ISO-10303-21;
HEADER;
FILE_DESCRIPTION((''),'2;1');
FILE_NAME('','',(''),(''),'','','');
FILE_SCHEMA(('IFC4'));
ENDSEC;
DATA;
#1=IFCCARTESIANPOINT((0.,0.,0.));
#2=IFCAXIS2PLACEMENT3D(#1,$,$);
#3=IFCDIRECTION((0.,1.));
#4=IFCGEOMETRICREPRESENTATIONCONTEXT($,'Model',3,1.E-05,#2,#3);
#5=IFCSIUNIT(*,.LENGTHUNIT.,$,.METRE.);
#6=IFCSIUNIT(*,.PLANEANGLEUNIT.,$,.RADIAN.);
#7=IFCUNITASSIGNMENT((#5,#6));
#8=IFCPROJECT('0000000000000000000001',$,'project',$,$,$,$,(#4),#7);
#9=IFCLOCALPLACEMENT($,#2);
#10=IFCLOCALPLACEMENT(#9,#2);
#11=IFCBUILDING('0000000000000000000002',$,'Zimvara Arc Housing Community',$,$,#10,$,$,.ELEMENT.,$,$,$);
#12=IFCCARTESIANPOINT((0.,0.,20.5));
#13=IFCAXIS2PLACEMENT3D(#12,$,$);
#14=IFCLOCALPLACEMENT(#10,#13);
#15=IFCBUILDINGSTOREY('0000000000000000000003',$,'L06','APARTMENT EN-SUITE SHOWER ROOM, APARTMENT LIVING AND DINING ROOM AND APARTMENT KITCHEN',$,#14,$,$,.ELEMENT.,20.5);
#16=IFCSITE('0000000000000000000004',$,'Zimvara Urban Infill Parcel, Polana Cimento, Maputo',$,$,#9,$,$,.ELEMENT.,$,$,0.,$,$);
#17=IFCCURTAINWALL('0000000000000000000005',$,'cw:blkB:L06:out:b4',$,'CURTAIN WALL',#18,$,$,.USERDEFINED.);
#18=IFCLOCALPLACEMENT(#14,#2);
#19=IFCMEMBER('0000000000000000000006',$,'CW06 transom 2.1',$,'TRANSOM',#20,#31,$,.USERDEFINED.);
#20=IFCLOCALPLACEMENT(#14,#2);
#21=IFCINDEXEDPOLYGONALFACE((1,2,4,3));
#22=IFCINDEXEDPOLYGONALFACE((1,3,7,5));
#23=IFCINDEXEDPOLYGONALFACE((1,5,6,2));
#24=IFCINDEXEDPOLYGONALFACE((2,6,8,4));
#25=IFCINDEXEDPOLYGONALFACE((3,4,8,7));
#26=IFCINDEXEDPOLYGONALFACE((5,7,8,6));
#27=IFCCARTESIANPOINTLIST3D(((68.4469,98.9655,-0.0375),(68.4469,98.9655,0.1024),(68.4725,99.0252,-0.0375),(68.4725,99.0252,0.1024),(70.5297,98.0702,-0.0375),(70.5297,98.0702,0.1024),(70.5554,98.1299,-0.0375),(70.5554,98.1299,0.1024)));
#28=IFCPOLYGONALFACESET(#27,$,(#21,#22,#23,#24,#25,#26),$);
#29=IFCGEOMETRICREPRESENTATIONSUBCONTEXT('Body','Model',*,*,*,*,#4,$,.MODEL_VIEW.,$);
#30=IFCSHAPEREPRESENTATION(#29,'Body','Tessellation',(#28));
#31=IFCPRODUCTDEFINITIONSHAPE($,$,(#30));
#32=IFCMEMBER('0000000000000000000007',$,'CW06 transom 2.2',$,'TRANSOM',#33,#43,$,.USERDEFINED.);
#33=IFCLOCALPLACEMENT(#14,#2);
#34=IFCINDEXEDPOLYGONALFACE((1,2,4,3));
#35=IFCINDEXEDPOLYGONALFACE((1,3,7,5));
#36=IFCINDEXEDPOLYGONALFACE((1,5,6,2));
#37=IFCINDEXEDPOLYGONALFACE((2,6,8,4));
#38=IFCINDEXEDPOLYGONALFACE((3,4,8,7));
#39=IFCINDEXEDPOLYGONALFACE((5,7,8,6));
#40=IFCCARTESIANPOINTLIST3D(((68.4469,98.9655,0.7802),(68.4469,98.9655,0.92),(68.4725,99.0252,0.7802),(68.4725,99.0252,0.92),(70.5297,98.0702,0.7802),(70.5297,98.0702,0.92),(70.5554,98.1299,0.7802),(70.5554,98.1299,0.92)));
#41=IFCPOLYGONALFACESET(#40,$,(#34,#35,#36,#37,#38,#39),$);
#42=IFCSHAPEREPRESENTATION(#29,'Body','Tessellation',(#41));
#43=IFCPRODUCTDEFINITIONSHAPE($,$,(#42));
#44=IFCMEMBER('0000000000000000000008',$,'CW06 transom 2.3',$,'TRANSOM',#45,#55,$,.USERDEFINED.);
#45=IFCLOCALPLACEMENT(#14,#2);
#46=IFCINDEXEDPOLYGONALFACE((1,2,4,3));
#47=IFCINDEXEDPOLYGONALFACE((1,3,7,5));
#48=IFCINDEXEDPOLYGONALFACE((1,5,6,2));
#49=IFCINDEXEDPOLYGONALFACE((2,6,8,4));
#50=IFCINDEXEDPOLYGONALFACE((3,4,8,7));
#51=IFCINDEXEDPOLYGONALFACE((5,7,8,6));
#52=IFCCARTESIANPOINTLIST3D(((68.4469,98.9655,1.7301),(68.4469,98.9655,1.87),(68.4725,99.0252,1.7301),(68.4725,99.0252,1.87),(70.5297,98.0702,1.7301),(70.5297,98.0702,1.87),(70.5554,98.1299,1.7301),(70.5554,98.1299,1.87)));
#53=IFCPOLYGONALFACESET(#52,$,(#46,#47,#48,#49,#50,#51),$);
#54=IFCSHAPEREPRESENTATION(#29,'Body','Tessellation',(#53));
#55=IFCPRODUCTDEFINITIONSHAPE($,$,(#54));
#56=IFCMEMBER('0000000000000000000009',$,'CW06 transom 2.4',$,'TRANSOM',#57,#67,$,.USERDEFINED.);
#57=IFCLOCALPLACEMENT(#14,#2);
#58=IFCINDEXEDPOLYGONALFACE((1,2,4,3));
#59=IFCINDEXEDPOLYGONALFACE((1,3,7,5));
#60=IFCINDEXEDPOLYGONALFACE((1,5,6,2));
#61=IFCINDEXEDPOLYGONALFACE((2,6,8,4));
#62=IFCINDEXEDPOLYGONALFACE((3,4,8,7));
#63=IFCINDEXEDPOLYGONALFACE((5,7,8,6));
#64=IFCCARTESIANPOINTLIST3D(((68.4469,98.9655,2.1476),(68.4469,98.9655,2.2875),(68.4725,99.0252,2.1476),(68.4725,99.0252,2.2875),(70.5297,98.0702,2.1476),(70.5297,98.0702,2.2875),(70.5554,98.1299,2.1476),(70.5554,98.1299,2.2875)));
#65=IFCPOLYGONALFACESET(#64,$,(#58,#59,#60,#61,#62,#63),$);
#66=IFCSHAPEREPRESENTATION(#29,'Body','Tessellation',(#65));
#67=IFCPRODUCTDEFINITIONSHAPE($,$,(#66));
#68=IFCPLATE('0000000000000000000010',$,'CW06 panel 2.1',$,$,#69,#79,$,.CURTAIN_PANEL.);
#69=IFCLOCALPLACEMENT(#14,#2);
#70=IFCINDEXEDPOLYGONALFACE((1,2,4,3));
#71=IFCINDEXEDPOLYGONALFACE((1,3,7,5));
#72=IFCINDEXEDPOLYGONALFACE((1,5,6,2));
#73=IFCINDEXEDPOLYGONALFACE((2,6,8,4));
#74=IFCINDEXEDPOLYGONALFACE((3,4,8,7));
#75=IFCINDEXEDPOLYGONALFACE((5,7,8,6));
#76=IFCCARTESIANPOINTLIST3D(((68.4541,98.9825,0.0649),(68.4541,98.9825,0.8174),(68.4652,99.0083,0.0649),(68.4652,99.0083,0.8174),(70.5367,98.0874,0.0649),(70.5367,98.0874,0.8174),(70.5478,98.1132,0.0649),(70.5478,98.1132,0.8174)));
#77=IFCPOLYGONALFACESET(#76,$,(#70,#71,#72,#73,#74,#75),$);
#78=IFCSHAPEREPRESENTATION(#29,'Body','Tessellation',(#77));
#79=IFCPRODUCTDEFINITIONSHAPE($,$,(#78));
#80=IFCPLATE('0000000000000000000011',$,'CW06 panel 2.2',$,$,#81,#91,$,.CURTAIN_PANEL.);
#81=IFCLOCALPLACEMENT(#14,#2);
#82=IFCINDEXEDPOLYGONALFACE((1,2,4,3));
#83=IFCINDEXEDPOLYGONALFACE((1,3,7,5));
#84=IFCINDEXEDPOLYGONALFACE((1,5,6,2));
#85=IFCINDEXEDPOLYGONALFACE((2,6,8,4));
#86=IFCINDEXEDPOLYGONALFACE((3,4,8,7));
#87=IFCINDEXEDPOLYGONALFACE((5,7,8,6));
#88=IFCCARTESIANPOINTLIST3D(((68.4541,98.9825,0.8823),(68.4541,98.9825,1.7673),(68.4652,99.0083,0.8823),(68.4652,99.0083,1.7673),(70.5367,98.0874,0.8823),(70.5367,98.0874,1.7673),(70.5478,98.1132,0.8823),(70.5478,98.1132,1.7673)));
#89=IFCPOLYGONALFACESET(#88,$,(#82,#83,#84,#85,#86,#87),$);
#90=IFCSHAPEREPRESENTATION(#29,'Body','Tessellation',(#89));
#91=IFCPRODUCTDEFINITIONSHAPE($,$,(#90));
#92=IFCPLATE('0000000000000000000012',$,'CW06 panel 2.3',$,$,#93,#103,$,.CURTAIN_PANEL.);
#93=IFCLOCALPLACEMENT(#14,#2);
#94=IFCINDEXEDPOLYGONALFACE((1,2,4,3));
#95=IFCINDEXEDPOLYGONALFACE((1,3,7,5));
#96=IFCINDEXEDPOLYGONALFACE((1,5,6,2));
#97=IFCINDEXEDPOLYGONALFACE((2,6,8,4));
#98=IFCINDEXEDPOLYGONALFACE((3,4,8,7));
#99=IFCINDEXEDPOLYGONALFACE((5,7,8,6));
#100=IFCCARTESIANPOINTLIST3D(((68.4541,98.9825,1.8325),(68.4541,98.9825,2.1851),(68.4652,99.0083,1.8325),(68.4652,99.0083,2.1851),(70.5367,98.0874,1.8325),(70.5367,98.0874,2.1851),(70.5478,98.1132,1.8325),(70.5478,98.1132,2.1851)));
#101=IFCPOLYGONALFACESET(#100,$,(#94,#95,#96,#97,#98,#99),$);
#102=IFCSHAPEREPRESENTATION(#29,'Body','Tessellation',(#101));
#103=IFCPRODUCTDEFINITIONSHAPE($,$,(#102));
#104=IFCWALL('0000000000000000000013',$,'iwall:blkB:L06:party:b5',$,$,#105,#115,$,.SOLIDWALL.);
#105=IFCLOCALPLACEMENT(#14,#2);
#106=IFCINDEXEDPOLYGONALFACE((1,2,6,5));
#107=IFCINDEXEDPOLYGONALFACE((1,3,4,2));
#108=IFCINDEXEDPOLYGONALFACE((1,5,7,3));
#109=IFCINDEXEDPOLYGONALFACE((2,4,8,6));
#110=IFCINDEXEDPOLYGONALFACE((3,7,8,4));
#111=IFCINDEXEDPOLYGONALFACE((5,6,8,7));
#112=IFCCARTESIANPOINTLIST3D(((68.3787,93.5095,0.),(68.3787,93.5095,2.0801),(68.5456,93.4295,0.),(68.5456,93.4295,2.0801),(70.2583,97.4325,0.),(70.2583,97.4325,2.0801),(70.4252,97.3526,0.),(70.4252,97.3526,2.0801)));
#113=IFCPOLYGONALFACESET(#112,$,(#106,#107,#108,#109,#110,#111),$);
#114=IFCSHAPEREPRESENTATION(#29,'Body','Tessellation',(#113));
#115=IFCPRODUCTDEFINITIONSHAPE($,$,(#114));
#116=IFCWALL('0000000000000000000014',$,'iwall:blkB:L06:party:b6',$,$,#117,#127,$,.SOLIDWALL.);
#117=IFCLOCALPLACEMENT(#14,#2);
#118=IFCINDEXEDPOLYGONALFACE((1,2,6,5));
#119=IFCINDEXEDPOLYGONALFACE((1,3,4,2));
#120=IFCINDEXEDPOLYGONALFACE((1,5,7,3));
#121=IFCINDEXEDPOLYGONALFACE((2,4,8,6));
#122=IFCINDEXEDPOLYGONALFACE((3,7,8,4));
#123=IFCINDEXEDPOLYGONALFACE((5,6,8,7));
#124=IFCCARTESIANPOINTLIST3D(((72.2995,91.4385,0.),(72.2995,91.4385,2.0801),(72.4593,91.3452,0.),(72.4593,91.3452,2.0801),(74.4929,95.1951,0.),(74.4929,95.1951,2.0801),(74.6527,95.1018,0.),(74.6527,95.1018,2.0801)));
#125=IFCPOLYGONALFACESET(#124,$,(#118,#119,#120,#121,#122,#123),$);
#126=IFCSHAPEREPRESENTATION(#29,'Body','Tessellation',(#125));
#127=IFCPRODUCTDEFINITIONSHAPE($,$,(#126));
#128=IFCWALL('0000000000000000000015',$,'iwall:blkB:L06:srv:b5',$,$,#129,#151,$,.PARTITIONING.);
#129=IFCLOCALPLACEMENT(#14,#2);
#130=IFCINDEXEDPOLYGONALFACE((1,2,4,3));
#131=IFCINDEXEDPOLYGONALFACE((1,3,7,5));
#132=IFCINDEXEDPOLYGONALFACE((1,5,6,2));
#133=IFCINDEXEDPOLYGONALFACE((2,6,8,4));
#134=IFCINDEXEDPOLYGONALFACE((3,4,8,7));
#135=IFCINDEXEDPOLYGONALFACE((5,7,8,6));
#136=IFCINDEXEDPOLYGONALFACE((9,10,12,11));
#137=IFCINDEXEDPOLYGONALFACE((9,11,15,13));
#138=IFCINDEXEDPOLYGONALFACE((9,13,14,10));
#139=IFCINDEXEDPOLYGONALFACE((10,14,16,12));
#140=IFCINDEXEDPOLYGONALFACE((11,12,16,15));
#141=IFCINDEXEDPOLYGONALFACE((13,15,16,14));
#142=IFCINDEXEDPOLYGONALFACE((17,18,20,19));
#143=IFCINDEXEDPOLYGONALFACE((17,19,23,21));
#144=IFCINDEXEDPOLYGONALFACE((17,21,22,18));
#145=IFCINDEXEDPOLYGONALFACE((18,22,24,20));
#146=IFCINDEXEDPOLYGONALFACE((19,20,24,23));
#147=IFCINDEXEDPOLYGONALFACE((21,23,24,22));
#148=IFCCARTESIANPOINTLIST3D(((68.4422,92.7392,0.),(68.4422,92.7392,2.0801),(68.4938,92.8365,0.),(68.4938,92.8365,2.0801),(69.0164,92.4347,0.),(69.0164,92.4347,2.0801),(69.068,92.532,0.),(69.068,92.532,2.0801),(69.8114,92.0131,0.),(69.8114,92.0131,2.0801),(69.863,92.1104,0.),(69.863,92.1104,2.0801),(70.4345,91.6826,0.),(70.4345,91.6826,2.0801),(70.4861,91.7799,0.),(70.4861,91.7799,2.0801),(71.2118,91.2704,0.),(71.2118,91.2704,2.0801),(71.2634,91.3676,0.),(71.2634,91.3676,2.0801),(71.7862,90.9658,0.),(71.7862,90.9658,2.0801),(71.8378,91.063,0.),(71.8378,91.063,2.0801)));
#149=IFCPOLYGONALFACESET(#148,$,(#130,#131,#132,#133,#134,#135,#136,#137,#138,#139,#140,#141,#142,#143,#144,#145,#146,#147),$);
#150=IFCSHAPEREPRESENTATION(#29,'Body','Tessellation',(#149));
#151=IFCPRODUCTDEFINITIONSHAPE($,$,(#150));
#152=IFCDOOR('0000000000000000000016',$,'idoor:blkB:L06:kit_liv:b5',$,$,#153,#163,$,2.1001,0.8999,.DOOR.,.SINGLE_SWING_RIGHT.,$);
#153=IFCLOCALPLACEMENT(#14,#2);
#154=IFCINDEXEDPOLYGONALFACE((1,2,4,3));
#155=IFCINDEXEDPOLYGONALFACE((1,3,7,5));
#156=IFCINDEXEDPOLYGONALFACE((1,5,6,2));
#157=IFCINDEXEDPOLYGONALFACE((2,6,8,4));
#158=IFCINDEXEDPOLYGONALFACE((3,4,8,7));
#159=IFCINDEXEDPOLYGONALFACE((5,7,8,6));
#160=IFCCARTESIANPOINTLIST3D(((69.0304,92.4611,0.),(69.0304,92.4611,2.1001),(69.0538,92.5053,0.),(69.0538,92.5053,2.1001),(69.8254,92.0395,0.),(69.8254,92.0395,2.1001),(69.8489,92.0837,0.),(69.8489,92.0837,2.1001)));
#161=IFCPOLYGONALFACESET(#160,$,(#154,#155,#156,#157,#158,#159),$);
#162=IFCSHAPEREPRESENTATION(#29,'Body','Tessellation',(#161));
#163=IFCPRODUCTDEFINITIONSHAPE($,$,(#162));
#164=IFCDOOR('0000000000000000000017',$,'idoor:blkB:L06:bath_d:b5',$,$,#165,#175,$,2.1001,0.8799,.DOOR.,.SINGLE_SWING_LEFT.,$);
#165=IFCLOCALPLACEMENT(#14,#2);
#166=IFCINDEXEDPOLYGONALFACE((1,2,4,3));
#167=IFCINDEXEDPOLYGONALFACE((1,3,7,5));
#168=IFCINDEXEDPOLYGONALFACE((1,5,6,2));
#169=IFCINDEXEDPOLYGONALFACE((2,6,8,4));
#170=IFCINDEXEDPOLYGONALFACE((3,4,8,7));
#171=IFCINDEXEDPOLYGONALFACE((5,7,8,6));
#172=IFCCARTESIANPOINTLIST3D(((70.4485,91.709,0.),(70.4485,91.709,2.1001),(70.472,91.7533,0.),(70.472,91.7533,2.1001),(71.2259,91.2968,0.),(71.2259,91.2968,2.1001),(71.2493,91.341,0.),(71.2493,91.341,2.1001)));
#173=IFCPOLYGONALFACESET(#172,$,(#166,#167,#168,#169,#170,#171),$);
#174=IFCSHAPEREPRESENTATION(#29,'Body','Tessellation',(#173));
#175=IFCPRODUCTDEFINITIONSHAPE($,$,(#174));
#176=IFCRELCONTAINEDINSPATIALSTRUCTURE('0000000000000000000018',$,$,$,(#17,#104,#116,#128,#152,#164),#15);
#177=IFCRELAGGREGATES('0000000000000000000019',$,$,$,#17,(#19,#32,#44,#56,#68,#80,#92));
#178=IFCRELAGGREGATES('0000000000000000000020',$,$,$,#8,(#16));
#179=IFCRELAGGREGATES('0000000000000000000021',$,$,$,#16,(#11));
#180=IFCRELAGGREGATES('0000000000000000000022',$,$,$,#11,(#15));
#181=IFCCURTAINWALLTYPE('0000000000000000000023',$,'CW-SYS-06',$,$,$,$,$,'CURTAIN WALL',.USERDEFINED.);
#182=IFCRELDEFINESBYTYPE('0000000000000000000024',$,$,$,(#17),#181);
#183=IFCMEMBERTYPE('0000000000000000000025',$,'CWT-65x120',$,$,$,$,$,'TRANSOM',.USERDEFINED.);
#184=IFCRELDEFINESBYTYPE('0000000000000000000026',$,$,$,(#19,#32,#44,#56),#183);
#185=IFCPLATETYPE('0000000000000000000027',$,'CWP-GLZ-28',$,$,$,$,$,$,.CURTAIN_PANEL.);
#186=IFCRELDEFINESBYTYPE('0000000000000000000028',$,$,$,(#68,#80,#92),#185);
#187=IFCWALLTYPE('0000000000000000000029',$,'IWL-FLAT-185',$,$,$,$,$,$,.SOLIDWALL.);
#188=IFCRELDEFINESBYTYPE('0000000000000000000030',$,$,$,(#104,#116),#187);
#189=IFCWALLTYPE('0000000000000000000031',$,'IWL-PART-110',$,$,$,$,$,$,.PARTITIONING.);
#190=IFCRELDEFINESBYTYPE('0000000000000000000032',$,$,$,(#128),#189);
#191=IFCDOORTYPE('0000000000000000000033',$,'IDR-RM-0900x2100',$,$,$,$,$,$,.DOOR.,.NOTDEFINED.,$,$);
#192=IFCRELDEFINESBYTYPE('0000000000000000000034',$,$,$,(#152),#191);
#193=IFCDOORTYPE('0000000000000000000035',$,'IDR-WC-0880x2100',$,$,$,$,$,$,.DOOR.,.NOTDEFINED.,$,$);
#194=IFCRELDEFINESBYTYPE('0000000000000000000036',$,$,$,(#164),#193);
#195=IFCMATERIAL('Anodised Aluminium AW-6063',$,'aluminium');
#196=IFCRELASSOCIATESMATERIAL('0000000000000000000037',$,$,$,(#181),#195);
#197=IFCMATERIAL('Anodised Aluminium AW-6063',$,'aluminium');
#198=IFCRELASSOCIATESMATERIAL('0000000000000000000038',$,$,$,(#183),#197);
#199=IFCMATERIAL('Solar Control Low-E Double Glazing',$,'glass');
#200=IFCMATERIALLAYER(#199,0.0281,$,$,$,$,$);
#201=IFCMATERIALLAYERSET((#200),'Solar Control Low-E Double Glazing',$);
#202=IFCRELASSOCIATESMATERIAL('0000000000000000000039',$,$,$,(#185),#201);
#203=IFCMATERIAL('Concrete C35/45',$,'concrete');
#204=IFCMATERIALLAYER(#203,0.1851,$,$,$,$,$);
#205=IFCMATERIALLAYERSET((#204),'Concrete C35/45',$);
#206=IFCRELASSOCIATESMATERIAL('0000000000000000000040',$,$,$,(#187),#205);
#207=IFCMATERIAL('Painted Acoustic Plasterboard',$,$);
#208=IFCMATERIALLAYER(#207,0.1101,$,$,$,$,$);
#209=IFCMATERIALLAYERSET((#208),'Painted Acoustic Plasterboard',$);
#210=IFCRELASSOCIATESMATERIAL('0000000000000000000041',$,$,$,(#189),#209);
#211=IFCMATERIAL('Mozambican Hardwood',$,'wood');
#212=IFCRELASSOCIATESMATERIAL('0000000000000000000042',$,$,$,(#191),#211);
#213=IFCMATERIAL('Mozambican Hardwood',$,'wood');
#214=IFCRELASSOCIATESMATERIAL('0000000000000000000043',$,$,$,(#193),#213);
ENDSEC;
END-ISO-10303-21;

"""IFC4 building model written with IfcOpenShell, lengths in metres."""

from ifc_helpers import new_model, si_unit, direction, frame, frame_2d, origin, origin_2d, place, context, subcontext, project, spatial, rectangle, extrude, material, layer, layer_set, material_profile, profile_set, type_object, element, fill, aggregate, save


model = new_model("IFC4")

# Units and contexts
model_context = context("Model", 3, precision=1e-05, world=origin(), true_north=direction((0.0, 1.0)))
body_context = subcontext(model_context, "Body", "Model", "MODEL_VIEW")
ifc_project = project(units=[si_unit("LENGTHUNIT", "METRE"), si_unit("PLANEANGLEUNIT", "RADIAN")], contexts=[model_context])

# Site, building, storey
site_placement = place(None, origin())
site = spatial("IfcSite", under=ifc_project, at=site_placement, Name="Zimvara Urban Infill Parcel, Polana Cimento, Maputo", CompositionType="ELEMENT", RefElevation=0.0)
building_placement = place(site_placement, origin())
building = spatial("IfcBuilding", under=site, at=building_placement, Name="Zimvara Arc Housing Community", CompositionType="ELEMENT")
storey_placement = place(building_placement, frame((0.0, 0.0, 20.5)))
storey = spatial("IfcBuildingStorey", under=building, at=storey_placement, Name="L06", Description="APARTMENT EN-SUITE SHOWER ROOM, APARTMENT LIVING AND DINING ROOM AND APARTMENT KITCHEN", CompositionType="ELEMENT", Elevation=20.5)

# Curtain wall, members, plates
ifc_material_1 = material(Name="Anodised Aluminium AW-6063", Category="aluminium")
curtain_wall_type = type_object("IfcCurtainWallType", Name="CW-SYS-06", ElementType="CURTAIN WALL", PredefinedType="USERDEFINED", material=ifc_material_1)
curtain_wall_placement = place(storey_placement, origin())
curtain_wall = element("IfcCurtainWall", 1, at=curtain_wall_placement, inside=storey, type_object=curtain_wall_type, Name="cw:blkB:L06:out:b4", ObjectType="CURTAIN WALL", PredefinedType="USERDEFINED")
ifc_material_2 = material(Name="Anodised Aluminium AW-6063", Category="aluminium")
ifc_material_profile_1 = material_profile(ifc_material_2, rectangle(XDim=0.0649, YDim=0.1399, at=origin_2d()), Name="ALU 65x140")
ifc_profile_set_1 = profile_set([ifc_material_profile_1], Name="Anodised Aluminium AW-6063")
member_type_1 = type_object("IfcMemberType", Name="CWT-65x120", ElementType="TRANSOM", PredefinedType="USERDEFINED", material=ifc_profile_set_1)
member_1_placement = place(storey_placement, frame((68.4597, 98.9954, 0.0325), z_axis=(0.918721, -0.394907, 0.0), x_axis=(0.394907, 0.918721, 0.0)))
member_1 = element("IfcMember", 2, at=member_1_placement, type_object=member_type_1, Name="CW06 transom 2.1", ObjectType="TRANSOM", PredefinedType="USERDEFINED", context=body_context, shape_type="SweptSolid", body=[
    extrude(rectangle(XDim=0.0649, YDim=0.1399, at=origin_2d()), origin(), (0.0, 0.0, 1.0), 2.2671),
])
member_2_placement = place(storey_placement, frame((68.4597, 98.9954, 0.8501), z_axis=(0.918721, -0.394907, 0.0), x_axis=(0.394907, 0.918721, 0.0)))
member_2 = element("IfcMember", 3, at=member_2_placement, type_object=member_type_1, Name="CW06 transom 2.2", ObjectType="TRANSOM", PredefinedType="USERDEFINED", context=body_context, shape_type="SweptSolid", body=[
    extrude(rectangle(XDim=0.0649, YDim=0.1399, at=origin_2d()), origin(), (0.0, 0.0, 1.0), 2.2671),
])
member_3_placement = place(storey_placement, frame((68.4597, 98.9954, 1.8), z_axis=(0.918721, -0.394907, 0.0), x_axis=(0.394907, 0.918721, 0.0)))
member_3 = element("IfcMember", 4, at=member_3_placement, type_object=member_type_1, Name="CW06 transom 2.3", ObjectType="TRANSOM", PredefinedType="USERDEFINED", context=body_context, shape_type="SweptSolid", body=[
    extrude(rectangle(XDim=0.0649, YDim=0.1399, at=origin_2d()), origin(), (0.0, 0.0, 1.0), 2.2671),
])
member_4_placement = place(storey_placement, frame((68.4597, 98.9954, 2.2175), z_axis=(0.918721, -0.394907, 0.0), x_axis=(0.394907, 0.918721, 0.0)))
member_4 = element("IfcMember", 5, at=member_4_placement, type_object=member_type_1, Name="CW06 transom 2.4", ObjectType="TRANSOM", PredefinedType="USERDEFINED", context=body_context, shape_type="SweptSolid", body=[
    extrude(rectangle(XDim=0.0649, YDim=0.1399, at=origin_2d()), origin(), (0.0, 0.0, 1.0), 2.2671),
])
ifc_material_3 = material(Name="Solar Control Low-E Double Glazing", Category="glass")
ifc_layer_1 = layer(ifc_material_3, 0.0281)
ifc_layer_set_1 = layer_set([ifc_layer_1], Name="Solar Control Low-E Double Glazing")
plate_type = type_object("IfcPlateType", Name="CWP-GLZ-28", PredefinedType="CURTAIN_PANEL", material=ifc_layer_set_1)
plate_1_placement = place(storey_placement, frame((69.501, 98.5479, 0.0649), z_axis=(0.0, 0.0, 1.0), x_axis=(0.918722, -0.394904, 0.0)))
plate_1 = element("IfcPlate", 6, at=plate_1_placement, type_object=plate_type, Name="CW06 panel 2.1", PredefinedType="CURTAIN_PANEL", context=body_context, shape_type="SweptSolid", body=[
    extrude(rectangle(XDim=2.2668, YDim=0.0281, at=origin_2d()), origin(), (0.0, 0.0, 1.0), 0.7524),
])
plate_2_placement = place(storey_placement, frame((69.501, 98.5479, 0.8823), z_axis=(0.0, 0.0, 1.0), x_axis=(0.918722, -0.394904, 0.0)))
plate_2 = element("IfcPlate", 7, at=plate_2_placement, type_object=plate_type, Name="CW06 panel 2.2", PredefinedType="CURTAIN_PANEL", context=body_context, shape_type="SweptSolid", body=[
    extrude(rectangle(XDim=2.2668, YDim=0.0281, at=origin_2d()), origin(), (0.0, 0.0, 1.0), 0.885),
])
plate_3_placement = place(storey_placement, frame((69.501, 98.5479, 1.8325), z_axis=(0.0, 0.0, 1.0), x_axis=(0.918722, -0.394904, 0.0)))
plate_3 = element("IfcPlate", 8, at=plate_3_placement, type_object=plate_type, Name="CW06 panel 2.3", PredefinedType="CURTAIN_PANEL", context=body_context, shape_type="SweptSolid", body=[
    extrude(rectangle(XDim=2.2668, YDim=0.0281, at=origin_2d()), origin(), (0.0, 0.0, 1.0), 0.3525),
])
aggregate(curtain_wall, [member_1, member_2, member_3, member_4, plate_1, plate_2, plate_3])

# Walls
ifc_material_4 = material(Name="Concrete C35/45", Category="concrete")
ifc_layer_2 = layer(ifc_material_4, 0.1851)
ifc_layer_set_2 = layer_set([ifc_layer_2], Name="Concrete C35/45")
wall_type_1 = type_object("IfcWallType", Name="IWL-FLAT-185", PredefinedType="SOLIDWALL", material=ifc_layer_set_2)
for number, where, z_axis, x_axis, name in (
    (9, (68.4622, 93.4695, 0.0), (0.0, 0.0, 1.0), (0.432087, 0.901832, 0.0), "iwall:blkB:L06:party:b5"),
    (10, (72.3794, 91.3918, 0.0), (0.0, 0.0, 1.0), (0.504216, 0.863577, 0.0), "iwall:blkB:L06:party:b6"),
):
    element("IfcWall", number, at=place(storey_placement, frame(where, z_axis=z_axis, x_axis=x_axis)), inside=storey, type_object=wall_type_1, Name=name, PredefinedType="SOLIDWALL", context=body_context, shape_type="SweptSolid", body=[
        extrude(rectangle(XDim=4.3501, YDim=0.1851, at=frame_2d((2.175, 0.0))), origin(), (0.0, 0.0, 1.0), 2.0801),
    ])

# Wall, openings, doors
ifc_material_5 = material(Name="Painted Acoustic Plasterboard")
ifc_layer_3 = layer(ifc_material_5, 0.1101)
ifc_layer_set_3 = layer_set([ifc_layer_3], Name="Painted Acoustic Plasterboard")
wall_type_2 = type_object("IfcWallType", Name="IWL-PART-110", PredefinedType="PARTITIONING", material=ifc_layer_set_3)
wall_1_placement = place(storey_placement, frame((68.468, 92.7878, 0.0), z_axis=(0.0, 0.0, 1.0), x_axis=(0.88345, -0.468525, 0.0)))
wall_1 = element("IfcWall", 11, at=wall_1_placement, inside=storey, type_object=wall_type_2, Name="iwall:blkB:L06:srv:b5", PredefinedType="PARTITIONING", context=body_context, shape_type="SweptSolid", body=[
    extrude(rectangle(XDim=3.7852, YDim=0.1101, at=frame_2d((1.8926, 0.0))), origin(), (0.0, 0.0, 1.0), 2.0801),
])
opening_1_placement = place(wall_1_placement, frame((0.6499, 0.0, 0.0)))
opening_1 = element("IfcOpeningElement", 12, at=opening_1_placement, cuts=wall_1, PredefinedType="OPENING", context=body_context, shape_type="SweptSolid", body=[
    extrude(rectangle(XDim=0.8999, YDim=2.1001, at=frame_2d((0.45, 1.05))), frame((0.0, 0.0649, 0.0), z_axis=(0.0, -1.0, 0.0), x_axis=(1.0, 0.0, 0.0)), (0.0, 0.0, 1.0), 0.1301),
])
opening_2_placement = place(wall_1_placement, frame((2.2551, 0.0, 0.0)))
opening_2 = element("IfcOpeningElement", 13, at=opening_2_placement, cuts=wall_1, PredefinedType="OPENING", context=body_context, shape_type="SweptSolid", body=[
    extrude(rectangle(XDim=0.8799, YDim=2.1001, at=frame_2d((0.4399, 1.05))), frame((0.0, 0.0649, 0.0), z_axis=(0.0, -1.0, 0.0), x_axis=(1.0, 0.0, 0.0)), (0.0, 0.0, 1.0), 0.1301),
])
ifc_material_6 = material(Name="Mozambican Hardwood", Category="wood")
door_type_1 = type_object("IfcDoorType", Name="IDR-RM-0900x2100", OperationType="NOTDEFINED", PredefinedType="DOOR", material=ifc_material_6)
door_1_placement = place(opening_1_placement, origin())
door_1 = element("IfcDoor", 14, at=door_1_placement, inside=storey, type_object=door_type_1, Name="idoor:blkB:L06:kit_liv:b5", OperationType="SINGLE_SWING_RIGHT", OverallHeight=2.1001, OverallWidth=0.8999, PredefinedType="DOOR", context=body_context, shape_type="SweptSolid", body=[
    extrude(rectangle(XDim=0.8999, YDim=2.1001, at=frame_2d((0.45, 1.05))), frame((0.0, 0.0249, 0.0), z_axis=(0.0, -1.0, 0.0), x_axis=(1.0, 0.0, 0.0)), (0.0, 0.0, 1.0), 0.05),
])
fill(opening_1, door_1)
ifc_material_7 = material(Name="Mozambican Hardwood", Category="wood")
door_type_2 = type_object("IfcDoorType", Name="IDR-WC-0880x2100", OperationType="NOTDEFINED", PredefinedType="DOOR", material=ifc_material_7)
door_2_placement = place(opening_2_placement, origin())
door_2 = element("IfcDoor", 15, at=door_2_placement, inside=storey, type_object=door_type_2, Name="idoor:blkB:L06:bath_d:b5", OperationType="SINGLE_SWING_LEFT", OverallHeight=2.1001, OverallWidth=0.8799, PredefinedType="DOOR", context=body_context, shape_type="SweptSolid", body=[
    extrude(rectangle(XDim=0.8799, YDim=2.1001, at=frame_2d((0.4399, 1.05))), frame((0.0, 0.0249, 0.0), z_axis=(0.0, -1.0, 0.0), x_axis=(1.0, 0.0, 0.0)), (0.0, 0.0, 1.0), 0.05),
])
fill(opening_2, door_2)

save(model, "model.ifc")
